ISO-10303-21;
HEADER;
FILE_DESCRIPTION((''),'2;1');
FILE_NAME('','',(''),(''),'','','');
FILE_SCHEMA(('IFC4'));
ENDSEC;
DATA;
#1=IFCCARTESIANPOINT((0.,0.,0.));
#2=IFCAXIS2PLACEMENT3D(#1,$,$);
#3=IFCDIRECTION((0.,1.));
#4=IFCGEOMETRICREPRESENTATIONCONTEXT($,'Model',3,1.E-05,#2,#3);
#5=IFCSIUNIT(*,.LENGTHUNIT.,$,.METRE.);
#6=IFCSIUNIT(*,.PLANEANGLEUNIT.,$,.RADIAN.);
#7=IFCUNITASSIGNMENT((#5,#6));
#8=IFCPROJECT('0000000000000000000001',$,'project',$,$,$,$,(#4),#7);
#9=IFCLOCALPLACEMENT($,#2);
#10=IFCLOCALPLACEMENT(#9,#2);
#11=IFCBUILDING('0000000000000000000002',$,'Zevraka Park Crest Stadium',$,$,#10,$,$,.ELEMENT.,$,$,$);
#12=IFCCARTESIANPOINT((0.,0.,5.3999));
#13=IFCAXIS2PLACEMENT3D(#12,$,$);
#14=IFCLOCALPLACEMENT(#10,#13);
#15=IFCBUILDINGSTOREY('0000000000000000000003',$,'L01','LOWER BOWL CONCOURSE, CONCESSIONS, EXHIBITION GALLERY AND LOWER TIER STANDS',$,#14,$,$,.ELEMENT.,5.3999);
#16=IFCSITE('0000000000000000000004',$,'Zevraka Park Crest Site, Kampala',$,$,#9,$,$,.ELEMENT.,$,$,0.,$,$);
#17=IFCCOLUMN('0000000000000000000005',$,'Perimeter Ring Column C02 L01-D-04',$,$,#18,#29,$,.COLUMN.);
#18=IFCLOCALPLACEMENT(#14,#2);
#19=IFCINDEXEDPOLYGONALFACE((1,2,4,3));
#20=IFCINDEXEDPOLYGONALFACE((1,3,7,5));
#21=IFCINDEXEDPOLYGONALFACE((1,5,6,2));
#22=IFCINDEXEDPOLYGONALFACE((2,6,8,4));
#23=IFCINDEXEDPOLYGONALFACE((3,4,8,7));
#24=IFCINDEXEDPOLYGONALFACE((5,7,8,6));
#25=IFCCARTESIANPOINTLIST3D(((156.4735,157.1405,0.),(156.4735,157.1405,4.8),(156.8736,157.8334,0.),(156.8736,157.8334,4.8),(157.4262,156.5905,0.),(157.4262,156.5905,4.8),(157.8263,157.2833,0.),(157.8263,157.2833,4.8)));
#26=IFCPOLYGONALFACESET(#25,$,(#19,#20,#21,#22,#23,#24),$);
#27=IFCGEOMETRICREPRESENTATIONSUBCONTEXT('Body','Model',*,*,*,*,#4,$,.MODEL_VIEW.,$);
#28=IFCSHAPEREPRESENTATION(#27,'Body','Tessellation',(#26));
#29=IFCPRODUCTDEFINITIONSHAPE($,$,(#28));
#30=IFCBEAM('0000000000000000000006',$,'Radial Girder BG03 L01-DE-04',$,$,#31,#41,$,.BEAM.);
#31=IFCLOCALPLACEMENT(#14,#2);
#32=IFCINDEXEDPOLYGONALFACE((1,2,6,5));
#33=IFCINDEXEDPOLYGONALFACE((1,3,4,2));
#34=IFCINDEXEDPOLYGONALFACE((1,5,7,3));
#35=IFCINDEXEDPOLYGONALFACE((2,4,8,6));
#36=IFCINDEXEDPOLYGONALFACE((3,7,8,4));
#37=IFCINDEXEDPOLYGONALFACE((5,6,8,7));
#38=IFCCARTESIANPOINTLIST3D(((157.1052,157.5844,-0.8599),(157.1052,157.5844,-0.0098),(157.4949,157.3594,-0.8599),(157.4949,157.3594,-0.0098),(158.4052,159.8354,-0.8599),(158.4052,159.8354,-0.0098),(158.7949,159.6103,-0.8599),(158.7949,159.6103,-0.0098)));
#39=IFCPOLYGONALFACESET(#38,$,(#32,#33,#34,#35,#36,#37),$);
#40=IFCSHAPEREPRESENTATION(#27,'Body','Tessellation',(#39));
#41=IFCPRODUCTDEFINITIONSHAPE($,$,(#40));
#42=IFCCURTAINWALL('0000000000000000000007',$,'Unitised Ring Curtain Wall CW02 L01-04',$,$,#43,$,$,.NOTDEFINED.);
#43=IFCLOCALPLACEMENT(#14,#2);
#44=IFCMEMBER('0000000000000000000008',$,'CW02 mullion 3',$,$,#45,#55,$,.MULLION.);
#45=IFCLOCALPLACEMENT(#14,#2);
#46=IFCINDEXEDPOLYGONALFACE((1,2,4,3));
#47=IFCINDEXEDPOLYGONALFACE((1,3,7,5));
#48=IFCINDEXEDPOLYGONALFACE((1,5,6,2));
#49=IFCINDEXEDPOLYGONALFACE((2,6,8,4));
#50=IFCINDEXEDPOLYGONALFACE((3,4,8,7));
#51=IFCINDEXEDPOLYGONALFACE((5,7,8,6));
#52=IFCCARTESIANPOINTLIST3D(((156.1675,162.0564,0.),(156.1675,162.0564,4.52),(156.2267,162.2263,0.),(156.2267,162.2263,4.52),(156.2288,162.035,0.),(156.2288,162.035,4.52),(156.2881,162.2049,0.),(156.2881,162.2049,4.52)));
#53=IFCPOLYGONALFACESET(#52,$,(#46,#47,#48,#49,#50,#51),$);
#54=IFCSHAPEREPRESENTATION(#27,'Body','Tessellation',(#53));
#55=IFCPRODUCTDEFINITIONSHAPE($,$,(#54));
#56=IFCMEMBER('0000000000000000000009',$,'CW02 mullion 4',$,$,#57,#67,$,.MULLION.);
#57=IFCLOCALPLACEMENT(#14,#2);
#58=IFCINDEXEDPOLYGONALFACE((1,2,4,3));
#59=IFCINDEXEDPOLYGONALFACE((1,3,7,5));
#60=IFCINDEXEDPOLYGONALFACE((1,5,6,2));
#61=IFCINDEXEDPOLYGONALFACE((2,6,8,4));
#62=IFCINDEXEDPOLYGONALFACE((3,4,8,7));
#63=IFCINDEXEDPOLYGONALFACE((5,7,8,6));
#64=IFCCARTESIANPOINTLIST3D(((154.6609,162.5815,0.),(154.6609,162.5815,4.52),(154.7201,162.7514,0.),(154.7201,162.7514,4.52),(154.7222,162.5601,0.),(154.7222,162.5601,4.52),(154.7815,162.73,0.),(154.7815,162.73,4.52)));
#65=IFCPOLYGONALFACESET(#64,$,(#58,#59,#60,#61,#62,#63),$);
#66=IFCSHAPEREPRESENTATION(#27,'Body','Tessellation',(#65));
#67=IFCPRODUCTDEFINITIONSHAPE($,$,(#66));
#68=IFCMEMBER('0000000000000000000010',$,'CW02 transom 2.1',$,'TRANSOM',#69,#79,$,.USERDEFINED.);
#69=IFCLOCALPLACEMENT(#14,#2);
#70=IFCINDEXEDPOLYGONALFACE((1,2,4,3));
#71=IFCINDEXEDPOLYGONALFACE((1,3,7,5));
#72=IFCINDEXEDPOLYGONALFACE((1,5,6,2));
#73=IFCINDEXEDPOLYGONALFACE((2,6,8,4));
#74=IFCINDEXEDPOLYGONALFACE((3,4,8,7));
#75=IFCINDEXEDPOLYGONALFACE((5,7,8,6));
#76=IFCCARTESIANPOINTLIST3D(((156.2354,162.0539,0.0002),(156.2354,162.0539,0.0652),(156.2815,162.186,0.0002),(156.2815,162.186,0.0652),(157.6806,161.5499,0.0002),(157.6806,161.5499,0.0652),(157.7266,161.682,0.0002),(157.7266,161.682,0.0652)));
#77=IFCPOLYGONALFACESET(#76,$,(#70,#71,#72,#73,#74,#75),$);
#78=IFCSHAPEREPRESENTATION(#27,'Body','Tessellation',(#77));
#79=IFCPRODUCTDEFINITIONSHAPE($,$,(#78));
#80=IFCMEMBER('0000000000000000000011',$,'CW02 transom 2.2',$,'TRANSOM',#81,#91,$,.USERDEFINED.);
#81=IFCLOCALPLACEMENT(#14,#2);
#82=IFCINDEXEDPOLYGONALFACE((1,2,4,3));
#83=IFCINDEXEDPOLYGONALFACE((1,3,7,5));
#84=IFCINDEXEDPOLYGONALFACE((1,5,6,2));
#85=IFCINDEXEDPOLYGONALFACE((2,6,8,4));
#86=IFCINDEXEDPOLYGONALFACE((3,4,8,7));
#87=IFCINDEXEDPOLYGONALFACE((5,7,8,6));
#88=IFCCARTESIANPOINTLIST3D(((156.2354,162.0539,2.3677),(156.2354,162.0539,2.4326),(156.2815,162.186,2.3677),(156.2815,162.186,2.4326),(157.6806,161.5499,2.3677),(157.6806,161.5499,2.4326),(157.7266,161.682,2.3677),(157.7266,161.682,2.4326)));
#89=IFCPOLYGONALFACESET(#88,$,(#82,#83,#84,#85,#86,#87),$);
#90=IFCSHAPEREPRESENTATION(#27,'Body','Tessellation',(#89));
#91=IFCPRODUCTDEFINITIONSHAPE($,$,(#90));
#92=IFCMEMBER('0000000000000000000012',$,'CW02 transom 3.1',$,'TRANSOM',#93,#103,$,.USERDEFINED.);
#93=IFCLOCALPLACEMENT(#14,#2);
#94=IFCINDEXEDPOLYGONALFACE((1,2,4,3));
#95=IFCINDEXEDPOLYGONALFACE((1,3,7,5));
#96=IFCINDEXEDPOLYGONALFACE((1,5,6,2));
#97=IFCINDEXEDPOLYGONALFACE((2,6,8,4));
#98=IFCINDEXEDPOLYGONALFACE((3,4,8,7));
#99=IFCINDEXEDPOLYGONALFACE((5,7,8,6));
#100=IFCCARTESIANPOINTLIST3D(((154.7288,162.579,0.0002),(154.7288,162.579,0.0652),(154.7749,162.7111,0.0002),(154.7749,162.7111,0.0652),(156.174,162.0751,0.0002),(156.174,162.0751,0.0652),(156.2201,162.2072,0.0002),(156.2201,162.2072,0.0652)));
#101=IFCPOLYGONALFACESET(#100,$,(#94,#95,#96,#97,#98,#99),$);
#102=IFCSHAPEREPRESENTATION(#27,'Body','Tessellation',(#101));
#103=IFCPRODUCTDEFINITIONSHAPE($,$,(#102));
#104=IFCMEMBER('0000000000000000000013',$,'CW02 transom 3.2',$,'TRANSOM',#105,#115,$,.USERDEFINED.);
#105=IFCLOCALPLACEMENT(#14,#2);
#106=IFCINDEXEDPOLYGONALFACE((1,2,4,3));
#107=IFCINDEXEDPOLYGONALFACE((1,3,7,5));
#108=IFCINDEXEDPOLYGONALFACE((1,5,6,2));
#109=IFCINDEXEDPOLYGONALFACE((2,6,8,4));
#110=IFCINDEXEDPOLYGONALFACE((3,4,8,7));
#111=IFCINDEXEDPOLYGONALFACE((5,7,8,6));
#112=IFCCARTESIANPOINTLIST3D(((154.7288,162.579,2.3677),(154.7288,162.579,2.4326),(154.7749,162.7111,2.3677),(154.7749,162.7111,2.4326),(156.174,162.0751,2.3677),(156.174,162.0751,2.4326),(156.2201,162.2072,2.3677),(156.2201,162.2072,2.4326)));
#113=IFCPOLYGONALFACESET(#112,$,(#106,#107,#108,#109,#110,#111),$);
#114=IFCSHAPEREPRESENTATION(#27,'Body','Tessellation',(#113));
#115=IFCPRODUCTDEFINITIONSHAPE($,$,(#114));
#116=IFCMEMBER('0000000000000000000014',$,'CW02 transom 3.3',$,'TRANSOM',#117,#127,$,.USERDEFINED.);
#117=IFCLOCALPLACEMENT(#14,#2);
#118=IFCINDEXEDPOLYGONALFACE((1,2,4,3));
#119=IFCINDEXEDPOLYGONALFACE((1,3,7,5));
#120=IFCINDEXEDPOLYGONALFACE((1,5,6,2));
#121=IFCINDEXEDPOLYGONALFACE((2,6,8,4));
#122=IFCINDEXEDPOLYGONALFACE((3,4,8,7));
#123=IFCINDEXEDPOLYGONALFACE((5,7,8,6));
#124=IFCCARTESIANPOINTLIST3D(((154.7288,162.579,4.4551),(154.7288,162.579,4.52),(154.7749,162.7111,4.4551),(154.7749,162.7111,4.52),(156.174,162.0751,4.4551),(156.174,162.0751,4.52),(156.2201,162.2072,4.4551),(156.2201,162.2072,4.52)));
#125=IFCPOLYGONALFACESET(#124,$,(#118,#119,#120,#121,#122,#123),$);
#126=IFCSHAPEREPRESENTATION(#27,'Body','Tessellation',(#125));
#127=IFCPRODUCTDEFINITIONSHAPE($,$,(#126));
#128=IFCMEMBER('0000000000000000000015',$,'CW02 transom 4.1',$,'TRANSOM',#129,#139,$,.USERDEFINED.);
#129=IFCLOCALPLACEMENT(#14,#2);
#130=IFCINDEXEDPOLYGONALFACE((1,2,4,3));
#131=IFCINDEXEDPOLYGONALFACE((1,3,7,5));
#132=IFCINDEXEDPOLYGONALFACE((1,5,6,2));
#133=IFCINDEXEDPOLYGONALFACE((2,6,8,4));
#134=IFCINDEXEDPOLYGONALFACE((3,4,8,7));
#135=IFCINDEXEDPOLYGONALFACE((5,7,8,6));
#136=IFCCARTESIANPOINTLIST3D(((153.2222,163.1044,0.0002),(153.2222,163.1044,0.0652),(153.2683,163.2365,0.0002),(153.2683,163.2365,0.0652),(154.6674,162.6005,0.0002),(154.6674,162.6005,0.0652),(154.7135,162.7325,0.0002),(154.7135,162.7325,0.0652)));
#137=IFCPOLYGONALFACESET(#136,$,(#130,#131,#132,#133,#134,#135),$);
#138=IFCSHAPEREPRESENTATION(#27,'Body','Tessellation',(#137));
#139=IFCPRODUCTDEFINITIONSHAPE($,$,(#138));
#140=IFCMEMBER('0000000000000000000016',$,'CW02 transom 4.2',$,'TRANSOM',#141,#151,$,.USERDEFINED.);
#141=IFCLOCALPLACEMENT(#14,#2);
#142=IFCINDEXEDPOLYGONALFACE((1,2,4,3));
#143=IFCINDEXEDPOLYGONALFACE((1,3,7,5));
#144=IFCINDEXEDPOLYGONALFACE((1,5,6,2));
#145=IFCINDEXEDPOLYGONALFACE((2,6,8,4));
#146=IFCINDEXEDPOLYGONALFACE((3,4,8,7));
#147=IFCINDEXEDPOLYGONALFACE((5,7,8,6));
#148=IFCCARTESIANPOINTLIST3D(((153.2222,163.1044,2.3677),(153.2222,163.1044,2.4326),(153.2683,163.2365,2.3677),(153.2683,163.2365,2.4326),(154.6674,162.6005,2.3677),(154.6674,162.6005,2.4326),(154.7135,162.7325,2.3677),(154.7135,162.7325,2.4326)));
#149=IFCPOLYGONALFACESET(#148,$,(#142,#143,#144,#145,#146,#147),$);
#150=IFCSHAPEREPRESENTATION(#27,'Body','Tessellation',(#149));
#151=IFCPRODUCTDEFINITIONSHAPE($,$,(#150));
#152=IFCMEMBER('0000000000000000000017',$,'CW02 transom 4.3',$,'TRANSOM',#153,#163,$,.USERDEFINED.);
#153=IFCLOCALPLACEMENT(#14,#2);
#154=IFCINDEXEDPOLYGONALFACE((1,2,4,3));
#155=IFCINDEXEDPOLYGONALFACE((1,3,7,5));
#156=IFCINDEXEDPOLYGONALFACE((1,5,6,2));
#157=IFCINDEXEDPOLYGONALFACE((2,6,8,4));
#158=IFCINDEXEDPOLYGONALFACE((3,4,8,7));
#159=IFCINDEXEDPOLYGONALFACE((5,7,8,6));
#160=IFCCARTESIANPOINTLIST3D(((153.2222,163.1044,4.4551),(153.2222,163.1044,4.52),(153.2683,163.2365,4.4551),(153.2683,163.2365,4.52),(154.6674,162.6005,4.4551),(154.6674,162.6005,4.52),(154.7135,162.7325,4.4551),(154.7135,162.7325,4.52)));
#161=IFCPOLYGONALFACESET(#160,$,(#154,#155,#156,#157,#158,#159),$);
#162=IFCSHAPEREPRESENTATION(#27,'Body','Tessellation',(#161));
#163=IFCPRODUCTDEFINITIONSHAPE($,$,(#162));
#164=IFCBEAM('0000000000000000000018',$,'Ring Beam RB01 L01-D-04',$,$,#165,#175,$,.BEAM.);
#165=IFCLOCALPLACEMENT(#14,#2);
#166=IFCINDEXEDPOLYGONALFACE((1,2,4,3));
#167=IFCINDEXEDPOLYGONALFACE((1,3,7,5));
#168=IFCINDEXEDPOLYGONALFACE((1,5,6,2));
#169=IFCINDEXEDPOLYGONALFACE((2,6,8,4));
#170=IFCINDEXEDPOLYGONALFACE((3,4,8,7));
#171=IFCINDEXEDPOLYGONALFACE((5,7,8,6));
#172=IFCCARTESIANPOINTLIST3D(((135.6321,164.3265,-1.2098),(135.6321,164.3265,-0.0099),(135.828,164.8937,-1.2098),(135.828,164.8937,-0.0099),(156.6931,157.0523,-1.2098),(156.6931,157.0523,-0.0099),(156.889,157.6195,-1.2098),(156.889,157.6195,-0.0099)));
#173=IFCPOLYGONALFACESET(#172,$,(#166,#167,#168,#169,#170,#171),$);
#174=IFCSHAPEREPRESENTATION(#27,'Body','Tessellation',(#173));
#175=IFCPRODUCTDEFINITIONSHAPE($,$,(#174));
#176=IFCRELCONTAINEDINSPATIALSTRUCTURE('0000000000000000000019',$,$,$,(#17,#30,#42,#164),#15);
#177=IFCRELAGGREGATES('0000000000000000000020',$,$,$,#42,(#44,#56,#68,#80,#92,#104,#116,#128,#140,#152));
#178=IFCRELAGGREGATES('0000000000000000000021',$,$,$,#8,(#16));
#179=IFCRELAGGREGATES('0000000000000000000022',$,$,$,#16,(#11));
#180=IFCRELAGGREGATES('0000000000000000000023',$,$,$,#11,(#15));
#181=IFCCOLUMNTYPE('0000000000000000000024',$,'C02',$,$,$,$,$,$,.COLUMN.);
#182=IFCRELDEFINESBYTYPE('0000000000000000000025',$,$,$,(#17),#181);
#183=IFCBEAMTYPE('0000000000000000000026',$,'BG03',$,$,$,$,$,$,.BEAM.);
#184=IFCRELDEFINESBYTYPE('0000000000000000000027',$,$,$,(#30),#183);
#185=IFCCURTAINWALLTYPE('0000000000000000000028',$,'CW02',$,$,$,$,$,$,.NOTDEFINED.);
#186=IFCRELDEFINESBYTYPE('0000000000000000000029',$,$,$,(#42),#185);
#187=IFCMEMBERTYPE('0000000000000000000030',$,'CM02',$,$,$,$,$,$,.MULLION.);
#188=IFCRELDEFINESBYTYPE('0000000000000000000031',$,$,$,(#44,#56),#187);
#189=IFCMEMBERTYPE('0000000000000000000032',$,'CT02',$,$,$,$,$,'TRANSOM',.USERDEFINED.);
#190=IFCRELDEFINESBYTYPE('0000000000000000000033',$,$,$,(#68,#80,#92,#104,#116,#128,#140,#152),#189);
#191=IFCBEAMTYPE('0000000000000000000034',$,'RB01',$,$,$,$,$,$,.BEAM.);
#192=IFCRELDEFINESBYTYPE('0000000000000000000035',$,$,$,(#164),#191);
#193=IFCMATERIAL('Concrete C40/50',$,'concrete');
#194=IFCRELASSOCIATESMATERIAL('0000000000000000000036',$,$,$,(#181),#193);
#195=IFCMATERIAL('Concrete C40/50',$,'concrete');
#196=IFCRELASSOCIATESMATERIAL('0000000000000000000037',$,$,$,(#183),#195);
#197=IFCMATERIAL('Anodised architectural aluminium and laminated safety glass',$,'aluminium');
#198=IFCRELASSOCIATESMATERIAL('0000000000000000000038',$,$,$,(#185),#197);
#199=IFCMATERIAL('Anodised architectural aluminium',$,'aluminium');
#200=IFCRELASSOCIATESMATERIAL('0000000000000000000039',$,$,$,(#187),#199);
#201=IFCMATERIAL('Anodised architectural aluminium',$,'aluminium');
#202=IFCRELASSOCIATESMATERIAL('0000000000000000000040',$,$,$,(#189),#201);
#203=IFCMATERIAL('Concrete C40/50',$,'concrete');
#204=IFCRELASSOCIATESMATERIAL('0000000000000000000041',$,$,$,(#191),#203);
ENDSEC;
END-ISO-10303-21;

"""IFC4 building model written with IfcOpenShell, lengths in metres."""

from ifc_helpers import new_model, si_unit, direction, frame, origin, origin_2d, place, context, subcontext, project, spatial, rectangle, extrude, material, material_profile, profile_set, type_object, element, aggregate, save


model = new_model("IFC4")

# Units and contexts
model_context = context("Model", 3, precision=1e-05, world=origin(), true_north=direction((0.0, 1.0)))
body_context = subcontext(model_context, "Body", "Model", "MODEL_VIEW")
ifc_project = project(units=[si_unit("LENGTHUNIT", "METRE"), si_unit("PLANEANGLEUNIT", "RADIAN")], contexts=[model_context])

# Site, building, storey
site_placement = place(None, origin())
site = spatial("IfcSite", under=ifc_project, at=site_placement, Name="Zevraka Park Crest Site, Kampala", CompositionType="ELEMENT", RefElevation=0.0)
building_placement = place(site_placement, origin())
building = spatial("IfcBuilding", under=site, at=building_placement, Name="Zevraka Park Crest Stadium", CompositionType="ELEMENT")
storey_placement = place(building_placement, frame((0.0, 0.0, 5.3999)))
storey = spatial("IfcBuildingStorey", under=building, at=storey_placement, Name="L01", Description="LOWER BOWL CONCOURSE, CONCESSIONS, EXHIBITION GALLERY AND LOWER TIER STANDS", CompositionType="ELEMENT", Elevation=5.3999)

# Column
ifc_material_1 = material(Name="Concrete C40/50", Category="concrete")
ifc_material_profile_1 = material_profile(ifc_material_1, rectangle(XDim=0.8, YDim=1.1001, at=origin_2d()), Name="RC 1100x800")
ifc_profile_set_1 = profile_set([ifc_material_profile_1], Name="Concrete C40/50")
column_type = type_object("IfcColumnType", Name="C02", PredefinedType="COLUMN", material=ifc_profile_set_1)
column_placement = place(storey_placement, frame((157.1499, 157.2119, 0.0), z_axis=(0.0, 0.0, 1.0), x_axis=(0.5, 0.866025, 0.0)))
element("IfcColumn", 1, at=column_placement, inside=storey, type_object=column_type, Name="Perimeter Ring Column C02 L01-D-04", PredefinedType="COLUMN", context=body_context, shape_type="SweptSolid", body=[
    extrude(rectangle(XDim=0.8, YDim=1.1001, at=origin_2d()), origin(), (0.0, 0.0, 1.0), 4.8),
])

# Beam
ifc_material_2 = material(Name="Concrete C40/50", Category="concrete")
ifc_material_profile_2 = material_profile(ifc_material_2, rectangle(XDim=0.45, YDim=0.8501, at=origin_2d()), Name="RC 850x450")
ifc_profile_set_2 = profile_set([ifc_material_profile_2], Name="Concrete C40/50")
beam_type_1 = type_object("IfcBeamType", Name="BG03", PredefinedType="BEAM", material=ifc_profile_set_2)
beam_1_placement = place(storey_placement, frame((157.3, 157.4719, -0.4348), z_axis=(0.500129, 0.865951, 0.0), x_axis=(-0.865951, 0.500129, 0.0)))
element("IfcBeam", 2, at=beam_1_placement, inside=storey, type_object=beam_type_1, Name="Radial Girder BG03 L01-DE-04", PredefinedType="BEAM", context=body_context, shape_type="SweptSolid", body=[
    extrude(rectangle(XDim=0.45, YDim=0.8501, at=origin_2d()), origin(), (0.0, 0.0, 1.0), 2.5994),
])

# Curtain wall, members
ifc_material_3 = material(Name="Anodised architectural aluminium and laminated safety glass", Category="aluminium")
curtain_wall_type = type_object("IfcCurtainWallType", Name="CW02", PredefinedType="NOTDEFINED", material=ifc_material_3)
curtain_wall_placement = place(storey_placement, origin())
curtain_wall = element("IfcCurtainWall", 3, at=curtain_wall_placement, inside=storey, type_object=curtain_wall_type, Name="Unitised Ring Curtain Wall CW02 L01-04", PredefinedType="NOTDEFINED")
ifc_material_4 = material(Name="Anodised architectural aluminium", Category="aluminium")
ifc_material_profile_3 = material_profile(ifc_material_4, rectangle(XDim=0.1799, YDim=0.0649, at=origin_2d()), Name="ALU MULLION 180x65")
ifc_profile_set_3 = profile_set([ifc_material_profile_3], Name="Anodised architectural aluminium")
member_type_1 = type_object("IfcMemberType", Name="CM02", PredefinedType="MULLION", material=ifc_profile_set_3)
member_1_placement = place(storey_placement, frame((156.2278, 162.1306, 0.0), z_axis=(0.0, 0.0, 1.0), x_axis=(-0.329209, -0.944257, 0.0)))
member_1 = element("IfcMember", 4, at=member_1_placement, type_object=member_type_1, Name="CW02 mullion 3", PredefinedType="MULLION", context=body_context, shape_type="SweptSolid", body=[
    extrude(rectangle(XDim=0.1799, YDim=0.0649, at=origin_2d()), origin(), (0.0, 0.0, 1.0), 4.52),
])
member_2_placement = place(storey_placement, frame((154.7212, 162.6558, 0.0), z_axis=(0.0, 0.0, 1.0), x_axis=(-0.329209, -0.944257, 0.0)))
member_2 = element("IfcMember", 5, at=member_2_placement, type_object=member_type_1, Name="CW02 mullion 4", PredefinedType="MULLION", context=body_context, shape_type="SweptSolid", body=[
    extrude(rectangle(XDim=0.1799, YDim=0.0649, at=origin_2d()), origin(), (0.0, 0.0, 1.0), 4.52),
])
ifc_material_5 = material(Name="Anodised architectural aluminium", Category="aluminium")
ifc_material_profile_4 = material_profile(ifc_material_5, rectangle(XDim=0.1399, YDim=0.0649, at=origin_2d()), Name="ALU TRANSOM 140x65")
ifc_profile_set_4 = profile_set([ifc_material_profile_4], Name="Anodised architectural aluminium")
member_type_2 = type_object("IfcMemberType", Name="CT02", ElementType="TRANSOM", PredefinedType="USERDEFINED", material=ifc_profile_set_4)
member_3_placement = place(storey_placement, frame((157.7036, 161.616, 0.0327), z_axis=(-0.944238, 0.329263, 0.0), x_axis=(-0.329263, -0.944238, 0.0)))
member_3 = element("IfcMember", 6, at=member_3_placement, type_object=member_type_2, Name="CW02 transom 2.1", ObjectType="TRANSOM", PredefinedType="USERDEFINED", context=body_context, shape_type="SweptSolid", body=[
    extrude(rectangle(XDim=0.1399, YDim=0.0649, at=origin_2d()), origin(), (0.0, 0.0, 1.0), 1.5305),
])
member_4_placement = place(storey_placement, frame((157.7036, 161.616, 2.4001), z_axis=(-0.944238, 0.329263, 0.0), x_axis=(-0.329263, -0.944238, 0.0)))
member_4 = element("IfcMember", 7, at=member_4_placement, type_object=member_type_2, Name="CW02 transom 2.2", ObjectType="TRANSOM", PredefinedType="USERDEFINED", context=body_context, shape_type="SweptSolid", body=[
    extrude(rectangle(XDim=0.1399, YDim=0.0649, at=origin_2d()), origin(), (0.0, 0.0, 1.0), 1.5305),
])
member_5_placement = place(storey_placement, frame((156.197, 162.1411, 0.0327), z_axis=(-0.944238, 0.329263, 0.0), x_axis=(-0.329263, -0.944238, 0.0)))
member_5 = element("IfcMember", 8, at=member_5_placement, type_object=member_type_2, Name="CW02 transom 3.1", ObjectType="TRANSOM", PredefinedType="USERDEFINED", context=body_context, shape_type="SweptSolid", body=[
    extrude(rectangle(XDim=0.1399, YDim=0.0649, at=origin_2d()), origin(), (0.0, 0.0, 1.0), 1.5305),
])
member_6_placement = place(storey_placement, frame((156.197, 162.1411, 2.4001), z_axis=(-0.944238, 0.329263, 0.0), x_axis=(-0.329263, -0.944238, 0.0)))
member_6 = element("IfcMember", 9, at=member_6_placement, type_object=member_type_2, Name="CW02 transom 3.2", ObjectType="TRANSOM", PredefinedType="USERDEFINED", context=body_context, shape_type="SweptSolid", body=[
    extrude(rectangle(XDim=0.1399, YDim=0.0649, at=origin_2d()), origin(), (0.0, 0.0, 1.0), 1.5305),
])
member_7_placement = place(storey_placement, frame((156.197, 162.1411, 4.4875), z_axis=(-0.944238, 0.329263, 0.0), x_axis=(-0.329263, -0.944238, 0.0)))
member_7 = element("IfcMember", 10, at=member_7_placement, type_object=member_type_2, Name="CW02 transom 3.3", ObjectType="TRANSOM", PredefinedType="USERDEFINED", context=body_context, shape_type="SweptSolid", body=[
    extrude(rectangle(XDim=0.1399, YDim=0.0649, at=origin_2d()), origin(), (0.0, 0.0, 1.0), 1.5305),
])
member_8_placement = place(storey_placement, frame((154.6904, 162.6665, 0.0327), z_axis=(-0.944238, 0.329263, 0.0), x_axis=(-0.329263, -0.944238, 0.0)))
member_8 = element("IfcMember", 11, at=member_8_placement, type_object=member_type_2, Name="CW02 transom 4.1", ObjectType="TRANSOM", PredefinedType="USERDEFINED", context=body_context, shape_type="SweptSolid", body=[
    extrude(rectangle(XDim=0.1399, YDim=0.0649, at=origin_2d()), origin(), (0.0, 0.0, 1.0), 1.5305),
])
member_9_placement = place(storey_placement, frame((154.6904, 162.6665, 2.4001), z_axis=(-0.944238, 0.329263, 0.0), x_axis=(-0.329263, -0.944238, 0.0)))
member_9 = element("IfcMember", 12, at=member_9_placement, type_object=member_type_2, Name="CW02 transom 4.2", ObjectType="TRANSOM", PredefinedType="USERDEFINED", context=body_context, shape_type="SweptSolid", body=[
    extrude(rectangle(XDim=0.1399, YDim=0.0649, at=origin_2d()), origin(), (0.0, 0.0, 1.0), 1.5305),
])
member_10_placement = place(storey_placement, frame((154.6904, 162.6665, 4.4875), z_axis=(-0.944238, 0.329263, 0.0), x_axis=(-0.329263, -0.944238, 0.0)))
member_10 = element("IfcMember", 13, at=member_10_placement, type_object=member_type_2, Name="CW02 transom 4.3", ObjectType="TRANSOM", PredefinedType="USERDEFINED", context=body_context, shape_type="SweptSolid", body=[
    extrude(rectangle(XDim=0.1399, YDim=0.0649, at=origin_2d()), origin(), (0.0, 0.0, 1.0), 1.5305),
])

# Beam
ifc_material_6 = material(Name="Concrete C40/50", Category="concrete")
ifc_material_profile_5 = material_profile(ifc_material_6, rectangle(XDim=0.6001, YDim=1.2, at=origin_2d()), Name="RC 1200x600")
ifc_profile_set_5 = profile_set([ifc_material_profile_5], Name="Concrete C40/50")
beam_type_2 = type_object("IfcBeamType", Name="RB01", PredefinedType="BEAM", material=ifc_profile_set_5)
beam_2_placement = place(storey_placement, frame((156.791, 157.3359, -0.6099), z_axis=(-0.94521, 0.326462, 0.0), x_axis=(-0.326462, -0.94521, 0.0)))
element("IfcBeam", 14, at=beam_2_placement, inside=storey, type_object=beam_type_2, Name="Ring Beam RB01 L01-D-04", PredefinedType="BEAM", context=body_context, shape_type="SweptSolid", body=[
    extrude(rectangle(XDim=0.6001, YDim=1.2, at=origin_2d()), origin(), (0.0, 0.0, 1.0), 22.2817),
])

aggregate(curtain_wall, [member_1, member_2, member_3, member_4, member_5, member_6, member_7, member_8, member_9, member_10])

save(model, "model.ifc")
